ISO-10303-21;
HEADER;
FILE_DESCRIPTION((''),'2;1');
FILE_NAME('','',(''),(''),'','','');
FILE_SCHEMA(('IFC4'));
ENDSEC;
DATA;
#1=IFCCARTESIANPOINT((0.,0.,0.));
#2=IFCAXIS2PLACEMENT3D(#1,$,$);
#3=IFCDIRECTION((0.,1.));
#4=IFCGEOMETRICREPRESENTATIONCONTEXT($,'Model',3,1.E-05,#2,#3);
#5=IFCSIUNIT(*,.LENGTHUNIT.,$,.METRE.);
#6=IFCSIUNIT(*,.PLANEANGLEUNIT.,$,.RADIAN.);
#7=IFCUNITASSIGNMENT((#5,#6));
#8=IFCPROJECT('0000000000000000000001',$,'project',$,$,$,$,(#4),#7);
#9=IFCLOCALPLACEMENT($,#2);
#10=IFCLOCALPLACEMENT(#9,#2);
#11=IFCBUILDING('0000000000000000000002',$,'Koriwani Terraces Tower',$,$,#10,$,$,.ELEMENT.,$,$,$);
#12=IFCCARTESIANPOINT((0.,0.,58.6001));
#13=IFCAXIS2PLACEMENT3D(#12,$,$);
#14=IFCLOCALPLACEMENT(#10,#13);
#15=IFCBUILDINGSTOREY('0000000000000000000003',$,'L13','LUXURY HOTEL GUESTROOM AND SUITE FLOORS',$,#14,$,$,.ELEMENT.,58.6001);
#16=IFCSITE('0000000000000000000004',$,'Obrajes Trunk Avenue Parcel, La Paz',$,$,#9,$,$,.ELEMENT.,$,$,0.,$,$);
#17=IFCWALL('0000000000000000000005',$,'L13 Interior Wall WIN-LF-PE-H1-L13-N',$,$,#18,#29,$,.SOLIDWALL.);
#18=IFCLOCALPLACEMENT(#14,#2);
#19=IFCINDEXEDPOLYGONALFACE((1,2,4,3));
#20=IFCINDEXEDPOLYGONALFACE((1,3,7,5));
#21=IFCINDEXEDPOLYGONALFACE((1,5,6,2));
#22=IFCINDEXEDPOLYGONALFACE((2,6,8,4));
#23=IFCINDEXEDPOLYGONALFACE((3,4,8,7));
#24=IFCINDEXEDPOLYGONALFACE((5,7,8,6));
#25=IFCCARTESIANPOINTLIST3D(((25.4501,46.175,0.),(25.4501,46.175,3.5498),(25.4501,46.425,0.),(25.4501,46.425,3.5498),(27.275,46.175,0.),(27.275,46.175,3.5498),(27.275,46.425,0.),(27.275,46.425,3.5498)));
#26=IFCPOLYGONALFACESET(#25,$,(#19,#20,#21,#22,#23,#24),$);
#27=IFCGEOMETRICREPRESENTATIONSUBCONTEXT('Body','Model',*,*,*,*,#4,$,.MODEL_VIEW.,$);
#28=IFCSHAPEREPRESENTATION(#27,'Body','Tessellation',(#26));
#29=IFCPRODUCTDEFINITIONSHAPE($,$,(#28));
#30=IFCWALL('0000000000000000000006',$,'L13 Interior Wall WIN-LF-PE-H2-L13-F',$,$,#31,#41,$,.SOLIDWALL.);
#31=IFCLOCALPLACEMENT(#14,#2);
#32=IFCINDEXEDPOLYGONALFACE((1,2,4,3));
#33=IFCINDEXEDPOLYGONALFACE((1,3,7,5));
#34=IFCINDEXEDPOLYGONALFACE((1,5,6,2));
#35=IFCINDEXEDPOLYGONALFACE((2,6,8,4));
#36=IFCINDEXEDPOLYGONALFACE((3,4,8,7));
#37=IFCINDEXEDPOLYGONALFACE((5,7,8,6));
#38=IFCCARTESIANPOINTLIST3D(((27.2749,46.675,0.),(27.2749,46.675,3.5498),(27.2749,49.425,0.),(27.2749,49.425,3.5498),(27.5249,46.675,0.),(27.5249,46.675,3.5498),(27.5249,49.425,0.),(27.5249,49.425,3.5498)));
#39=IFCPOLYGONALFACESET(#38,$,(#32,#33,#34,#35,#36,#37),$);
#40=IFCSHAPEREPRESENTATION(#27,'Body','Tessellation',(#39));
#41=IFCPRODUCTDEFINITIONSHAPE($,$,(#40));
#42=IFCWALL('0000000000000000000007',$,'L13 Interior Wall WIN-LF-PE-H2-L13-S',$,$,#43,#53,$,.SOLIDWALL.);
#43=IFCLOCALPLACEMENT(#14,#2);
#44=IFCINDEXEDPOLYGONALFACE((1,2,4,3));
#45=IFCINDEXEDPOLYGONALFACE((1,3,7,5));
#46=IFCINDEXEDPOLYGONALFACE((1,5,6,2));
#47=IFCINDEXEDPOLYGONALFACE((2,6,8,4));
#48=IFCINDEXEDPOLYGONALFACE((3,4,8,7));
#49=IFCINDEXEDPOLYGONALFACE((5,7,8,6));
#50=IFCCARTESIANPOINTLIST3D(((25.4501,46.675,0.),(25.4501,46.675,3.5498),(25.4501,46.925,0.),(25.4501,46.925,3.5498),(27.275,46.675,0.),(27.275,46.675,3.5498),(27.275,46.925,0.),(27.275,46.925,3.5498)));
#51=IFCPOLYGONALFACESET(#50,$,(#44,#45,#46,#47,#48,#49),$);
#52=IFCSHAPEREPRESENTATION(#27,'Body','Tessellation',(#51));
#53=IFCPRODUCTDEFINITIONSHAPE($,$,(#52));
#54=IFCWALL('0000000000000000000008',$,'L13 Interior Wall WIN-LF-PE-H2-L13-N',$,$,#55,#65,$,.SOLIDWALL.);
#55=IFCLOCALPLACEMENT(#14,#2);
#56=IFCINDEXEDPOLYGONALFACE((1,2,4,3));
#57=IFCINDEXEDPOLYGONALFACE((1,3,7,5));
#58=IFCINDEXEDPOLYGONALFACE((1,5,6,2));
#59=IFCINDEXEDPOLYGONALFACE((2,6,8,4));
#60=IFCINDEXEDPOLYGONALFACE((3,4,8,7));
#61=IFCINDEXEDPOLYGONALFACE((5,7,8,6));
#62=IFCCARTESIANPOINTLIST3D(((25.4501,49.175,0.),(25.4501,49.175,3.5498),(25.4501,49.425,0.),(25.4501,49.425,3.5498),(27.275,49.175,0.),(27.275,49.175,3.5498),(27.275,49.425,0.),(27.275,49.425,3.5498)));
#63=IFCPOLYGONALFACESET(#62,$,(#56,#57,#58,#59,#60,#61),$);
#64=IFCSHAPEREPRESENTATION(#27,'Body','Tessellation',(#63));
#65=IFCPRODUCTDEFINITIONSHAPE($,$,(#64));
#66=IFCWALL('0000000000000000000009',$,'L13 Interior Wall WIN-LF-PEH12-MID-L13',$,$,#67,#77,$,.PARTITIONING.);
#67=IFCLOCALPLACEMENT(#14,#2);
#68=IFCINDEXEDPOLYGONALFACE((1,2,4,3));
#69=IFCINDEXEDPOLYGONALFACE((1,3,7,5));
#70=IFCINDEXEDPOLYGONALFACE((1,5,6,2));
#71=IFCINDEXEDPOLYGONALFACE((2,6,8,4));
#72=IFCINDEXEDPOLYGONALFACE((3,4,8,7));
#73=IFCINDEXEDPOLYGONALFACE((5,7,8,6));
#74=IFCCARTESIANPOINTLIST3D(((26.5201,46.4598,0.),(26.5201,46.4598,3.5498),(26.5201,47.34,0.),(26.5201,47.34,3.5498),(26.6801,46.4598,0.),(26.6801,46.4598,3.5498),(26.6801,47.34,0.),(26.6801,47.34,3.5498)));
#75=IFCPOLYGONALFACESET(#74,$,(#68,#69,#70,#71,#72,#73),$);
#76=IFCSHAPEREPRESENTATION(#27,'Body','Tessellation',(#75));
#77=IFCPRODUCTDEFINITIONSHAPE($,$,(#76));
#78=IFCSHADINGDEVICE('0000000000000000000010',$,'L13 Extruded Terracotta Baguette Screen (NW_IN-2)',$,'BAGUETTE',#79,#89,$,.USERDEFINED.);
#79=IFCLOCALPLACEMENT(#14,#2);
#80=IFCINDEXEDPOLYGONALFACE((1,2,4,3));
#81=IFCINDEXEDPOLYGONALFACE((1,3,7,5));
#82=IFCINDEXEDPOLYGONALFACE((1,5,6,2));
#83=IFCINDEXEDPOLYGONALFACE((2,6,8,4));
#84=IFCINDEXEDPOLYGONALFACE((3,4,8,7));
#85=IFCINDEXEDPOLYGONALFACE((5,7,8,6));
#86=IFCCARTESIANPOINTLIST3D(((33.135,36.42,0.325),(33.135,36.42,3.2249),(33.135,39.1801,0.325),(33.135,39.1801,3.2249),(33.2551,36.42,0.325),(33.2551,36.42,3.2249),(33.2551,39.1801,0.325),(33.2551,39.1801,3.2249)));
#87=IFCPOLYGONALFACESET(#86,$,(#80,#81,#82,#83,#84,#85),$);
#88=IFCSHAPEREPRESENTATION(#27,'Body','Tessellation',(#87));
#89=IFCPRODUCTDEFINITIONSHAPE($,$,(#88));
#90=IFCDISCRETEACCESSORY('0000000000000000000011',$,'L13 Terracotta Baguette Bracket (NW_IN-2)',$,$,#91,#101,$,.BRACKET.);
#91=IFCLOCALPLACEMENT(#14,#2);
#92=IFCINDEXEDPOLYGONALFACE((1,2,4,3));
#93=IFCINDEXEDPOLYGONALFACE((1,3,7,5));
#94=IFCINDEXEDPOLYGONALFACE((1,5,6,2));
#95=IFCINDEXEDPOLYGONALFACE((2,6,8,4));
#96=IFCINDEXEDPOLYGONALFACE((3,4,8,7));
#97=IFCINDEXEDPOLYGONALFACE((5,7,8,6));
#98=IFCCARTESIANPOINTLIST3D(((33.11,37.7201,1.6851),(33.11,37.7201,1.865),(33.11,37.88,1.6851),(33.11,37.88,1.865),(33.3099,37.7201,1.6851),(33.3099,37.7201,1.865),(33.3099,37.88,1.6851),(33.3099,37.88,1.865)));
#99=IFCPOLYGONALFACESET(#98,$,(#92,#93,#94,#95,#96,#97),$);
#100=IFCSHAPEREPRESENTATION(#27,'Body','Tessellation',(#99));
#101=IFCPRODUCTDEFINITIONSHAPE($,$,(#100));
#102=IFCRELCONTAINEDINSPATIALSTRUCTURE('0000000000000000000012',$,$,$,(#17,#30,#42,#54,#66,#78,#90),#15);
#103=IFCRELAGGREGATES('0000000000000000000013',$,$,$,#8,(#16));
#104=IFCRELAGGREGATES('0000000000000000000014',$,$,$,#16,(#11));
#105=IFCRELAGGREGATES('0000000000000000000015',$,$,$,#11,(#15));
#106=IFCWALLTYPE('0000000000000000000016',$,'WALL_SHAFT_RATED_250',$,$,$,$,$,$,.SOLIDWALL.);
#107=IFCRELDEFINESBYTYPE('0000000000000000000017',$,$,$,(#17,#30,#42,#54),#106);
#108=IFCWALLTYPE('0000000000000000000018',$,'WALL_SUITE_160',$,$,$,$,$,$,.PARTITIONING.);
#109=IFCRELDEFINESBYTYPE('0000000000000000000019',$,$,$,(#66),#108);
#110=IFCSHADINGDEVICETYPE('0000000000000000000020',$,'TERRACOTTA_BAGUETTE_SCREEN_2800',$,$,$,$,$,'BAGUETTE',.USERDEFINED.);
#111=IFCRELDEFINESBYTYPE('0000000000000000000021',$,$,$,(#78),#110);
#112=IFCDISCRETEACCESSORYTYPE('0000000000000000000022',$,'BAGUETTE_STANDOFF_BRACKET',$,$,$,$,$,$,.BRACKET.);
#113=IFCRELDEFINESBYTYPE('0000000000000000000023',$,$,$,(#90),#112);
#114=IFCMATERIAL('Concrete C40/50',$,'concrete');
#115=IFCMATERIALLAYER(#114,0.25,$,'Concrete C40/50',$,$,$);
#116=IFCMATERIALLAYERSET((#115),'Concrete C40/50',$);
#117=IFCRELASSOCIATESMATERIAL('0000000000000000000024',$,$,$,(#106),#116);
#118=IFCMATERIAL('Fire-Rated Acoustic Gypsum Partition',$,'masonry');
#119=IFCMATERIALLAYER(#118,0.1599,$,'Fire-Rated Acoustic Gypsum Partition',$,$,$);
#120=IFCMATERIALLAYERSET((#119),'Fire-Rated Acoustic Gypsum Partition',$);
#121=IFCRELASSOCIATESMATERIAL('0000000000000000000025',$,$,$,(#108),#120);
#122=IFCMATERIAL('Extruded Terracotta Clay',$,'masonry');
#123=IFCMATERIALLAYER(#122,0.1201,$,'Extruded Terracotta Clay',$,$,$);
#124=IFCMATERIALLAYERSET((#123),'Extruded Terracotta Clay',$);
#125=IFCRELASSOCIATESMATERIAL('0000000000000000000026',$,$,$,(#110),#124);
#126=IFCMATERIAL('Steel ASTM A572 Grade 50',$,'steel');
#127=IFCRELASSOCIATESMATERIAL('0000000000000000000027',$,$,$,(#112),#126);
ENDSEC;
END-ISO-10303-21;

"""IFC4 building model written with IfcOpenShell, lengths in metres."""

from ifc_helpers import new_model, si_unit, direction, frame, frame_2d, origin, origin_2d, place, context, subcontext, project, spatial, rectangle, extrude, material, layer, layer_set, type_object, element, save


model = new_model("IFC4")

# Units and contexts
model_context = context("Model", 3, precision=1e-05, world=origin(), true_north=direction((0.0, 1.0)))
body_context = subcontext(model_context, "Body", "Model", "MODEL_VIEW")
ifc_project = project(units=[si_unit("LENGTHUNIT", "METRE"), si_unit("PLANEANGLEUNIT", "RADIAN")], contexts=[model_context])

# Site, building, storey
site_placement = place(None, origin())
site = spatial("IfcSite", under=ifc_project, at=site_placement, Name="Obrajes Trunk Avenue Parcel, La Paz", CompositionType="ELEMENT", RefElevation=0.0)
building_placement = place(site_placement, origin())
building = spatial("IfcBuilding", under=site, at=building_placement, Name="Koriwani Terraces Tower", CompositionType="ELEMENT")
storey_placement = place(building_placement, frame((0.0, 0.0, 58.6001)))
storey = spatial("IfcBuildingStorey", under=building, at=storey_placement, Name="L13", Description="LUXURY HOTEL GUESTROOM AND SUITE FLOORS", CompositionType="ELEMENT", Elevation=58.6001)

# Shared definitions
ifc_material_1 = material(Name="Steel ASTM A572 Grade 50", Category="steel")

# Shared definitions
ifc_material_2 = material(Name="Concrete C40/50", Category="concrete")
ifc_layer_1 = layer(ifc_material_2, 0.25, Name="Concrete C40/50")
ifc_layer_set_1 = layer_set([ifc_layer_1], Name="Concrete C40/50")
wall_type_1 = type_object("IfcWallType", Name="WALL_SHAFT_RATED_250", PredefinedType="SOLIDWALL", material=ifc_layer_set_1)

# Walls
for number, where, z_axis, x_axis, name in (
    (1, (25.45, 46.3, 0.0), (0.0, 0.0, 1.0), (1.0, 0.0, 0.0), "L13 Interior Wall WIN-LF-PE-H1-L13-N"),
):
    element("IfcWall", number, at=place(storey_placement, frame(where, z_axis=z_axis, x_axis=x_axis)), inside=storey, type_object=wall_type_1, Name=name, PredefinedType="SOLIDWALL", context=body_context, shape_type="SweptSolid", body=[
        extrude(rectangle(XDim=1.825, YDim=0.25, at=frame_2d((0.9126, 0.0))), origin(), (0.0, 0.0, 1.0), 3.5498),
    ])
wall_1_placement = place(storey_placement, frame((27.3999, 46.675, 0.0), z_axis=(0.0, 0.0, 1.0), x_axis=(0.0, 1.0, 0.0)))
element("IfcWall", 2, at=wall_1_placement, inside=storey, type_object=wall_type_1, Name="L13 Interior Wall WIN-LF-PE-H2-L13-F", PredefinedType="SOLIDWALL", context=body_context, shape_type="SweptSolid", body=[
    extrude(rectangle(XDim=2.75, YDim=0.25, at=frame_2d((1.375, 0.0))), origin(), (0.0, 0.0, 1.0), 3.5498),
])
for number, where, z_axis, x_axis, name in (
    (3, (25.45, 46.8, 0.0), (0.0, 0.0, 1.0), (1.0, 0.0, 0.0), "L13 Interior Wall WIN-LF-PE-H2-L13-S"),
    (4, (25.45, 49.3, 0.0), (0.0, 0.0, 1.0), (1.0, 0.0, 0.0), "L13 Interior Wall WIN-LF-PE-H2-L13-N"),
):
    element("IfcWall", number, at=place(storey_placement, frame(where, z_axis=z_axis, x_axis=x_axis)), inside=storey, type_object=wall_type_1, Name=name, PredefinedType="SOLIDWALL", context=body_context, shape_type="SweptSolid", body=[
        extrude(rectangle(XDim=1.825, YDim=0.25, at=frame_2d((0.9126, 0.0))), origin(), (0.0, 0.0, 1.0), 3.5498),
    ])
ifc_material_3 = material(Name="Fire-Rated Acoustic Gypsum Partition", Category="masonry")
ifc_layer_2 = layer(ifc_material_3, 0.1599, Name="Fire-Rated Acoustic Gypsum Partition")
ifc_layer_set_2 = layer_set([ifc_layer_2], Name="Fire-Rated Acoustic Gypsum Partition")
wall_type_2 = type_object("IfcWallType", Name="WALL_SUITE_160", PredefinedType="PARTITIONING", material=ifc_layer_set_2)
wall_2_placement = place(storey_placement, frame((26.6001, 46.46, 0.0), z_axis=(0.0, 0.0, 1.0), x_axis=(0.0, 1.0, 0.0)))
element("IfcWall", 5, at=wall_2_placement, inside=storey, type_object=wall_type_2, Name="L13 Interior Wall WIN-LF-PEH12-MID-L13", PredefinedType="PARTITIONING", context=body_context, shape_type="SweptSolid", body=[
    extrude(rectangle(XDim=0.8801, YDim=0.1599, at=frame_2d((0.4399, 0.0))), origin(), (0.0, 0.0, 1.0), 3.5498),
])

# Shading device
ifc_material_4 = material(Name="Extruded Terracotta Clay", Category="masonry")
ifc_layer_3 = layer(ifc_material_4, 0.1201, Name="Extruded Terracotta Clay")
ifc_layer_set_3 = layer_set([ifc_layer_3], Name="Extruded Terracotta Clay")
shading_device_type = type_object("IfcShadingDeviceType", Name="TERRACOTTA_BAGUETTE_SCREEN_2800", ElementType="BAGUETTE", PredefinedType="USERDEFINED", material=ifc_layer_set_3)
shading_device_placement = place(storey_placement, frame((33.1951, 37.8, 0.325), z_axis=(0.0, 0.0, 1.0), x_axis=(0.0, -1.0, 0.0)))
element("IfcShadingDevice", 6, at=shading_device_placement, inside=storey, type_object=shading_device_type, Name="L13 Extruded Terracotta Baguette Screen (NW_IN-2)", ObjectType="BAGUETTE", PredefinedType="USERDEFINED", context=body_context, shape_type="SweptSolid", body=[
    extrude(rectangle(XDim=2.76, YDim=0.1201, at=origin_2d()), origin(), (0.0, 0.0, 1.0), 2.8999),
])

# Discrete accessory
discrete_accessory_type = type_object("IfcDiscreteAccessoryType", Name="BAGUETTE_STANDOFF_BRACKET", PredefinedType="BRACKET", material=ifc_material_1)
discrete_accessory_placement = place(storey_placement, frame((33.21, 37.8, 1.6851), z_axis=(0.0, 0.0, 1.0), x_axis=(0.0, -1.0, 0.0)))
element("IfcDiscreteAccessory", 7, at=discrete_accessory_placement, inside=storey, type_object=discrete_accessory_type, Name="L13 Terracotta Baguette Bracket (NW_IN-2)", PredefinedType="BRACKET", context=body_context, shape_type="SweptSolid", body=[
    extrude(rectangle(XDim=0.1599, YDim=0.2, at=origin_2d()), origin(), (0.0, 0.0, 1.0), 0.1799),
])

save(model, "model.ifc")
